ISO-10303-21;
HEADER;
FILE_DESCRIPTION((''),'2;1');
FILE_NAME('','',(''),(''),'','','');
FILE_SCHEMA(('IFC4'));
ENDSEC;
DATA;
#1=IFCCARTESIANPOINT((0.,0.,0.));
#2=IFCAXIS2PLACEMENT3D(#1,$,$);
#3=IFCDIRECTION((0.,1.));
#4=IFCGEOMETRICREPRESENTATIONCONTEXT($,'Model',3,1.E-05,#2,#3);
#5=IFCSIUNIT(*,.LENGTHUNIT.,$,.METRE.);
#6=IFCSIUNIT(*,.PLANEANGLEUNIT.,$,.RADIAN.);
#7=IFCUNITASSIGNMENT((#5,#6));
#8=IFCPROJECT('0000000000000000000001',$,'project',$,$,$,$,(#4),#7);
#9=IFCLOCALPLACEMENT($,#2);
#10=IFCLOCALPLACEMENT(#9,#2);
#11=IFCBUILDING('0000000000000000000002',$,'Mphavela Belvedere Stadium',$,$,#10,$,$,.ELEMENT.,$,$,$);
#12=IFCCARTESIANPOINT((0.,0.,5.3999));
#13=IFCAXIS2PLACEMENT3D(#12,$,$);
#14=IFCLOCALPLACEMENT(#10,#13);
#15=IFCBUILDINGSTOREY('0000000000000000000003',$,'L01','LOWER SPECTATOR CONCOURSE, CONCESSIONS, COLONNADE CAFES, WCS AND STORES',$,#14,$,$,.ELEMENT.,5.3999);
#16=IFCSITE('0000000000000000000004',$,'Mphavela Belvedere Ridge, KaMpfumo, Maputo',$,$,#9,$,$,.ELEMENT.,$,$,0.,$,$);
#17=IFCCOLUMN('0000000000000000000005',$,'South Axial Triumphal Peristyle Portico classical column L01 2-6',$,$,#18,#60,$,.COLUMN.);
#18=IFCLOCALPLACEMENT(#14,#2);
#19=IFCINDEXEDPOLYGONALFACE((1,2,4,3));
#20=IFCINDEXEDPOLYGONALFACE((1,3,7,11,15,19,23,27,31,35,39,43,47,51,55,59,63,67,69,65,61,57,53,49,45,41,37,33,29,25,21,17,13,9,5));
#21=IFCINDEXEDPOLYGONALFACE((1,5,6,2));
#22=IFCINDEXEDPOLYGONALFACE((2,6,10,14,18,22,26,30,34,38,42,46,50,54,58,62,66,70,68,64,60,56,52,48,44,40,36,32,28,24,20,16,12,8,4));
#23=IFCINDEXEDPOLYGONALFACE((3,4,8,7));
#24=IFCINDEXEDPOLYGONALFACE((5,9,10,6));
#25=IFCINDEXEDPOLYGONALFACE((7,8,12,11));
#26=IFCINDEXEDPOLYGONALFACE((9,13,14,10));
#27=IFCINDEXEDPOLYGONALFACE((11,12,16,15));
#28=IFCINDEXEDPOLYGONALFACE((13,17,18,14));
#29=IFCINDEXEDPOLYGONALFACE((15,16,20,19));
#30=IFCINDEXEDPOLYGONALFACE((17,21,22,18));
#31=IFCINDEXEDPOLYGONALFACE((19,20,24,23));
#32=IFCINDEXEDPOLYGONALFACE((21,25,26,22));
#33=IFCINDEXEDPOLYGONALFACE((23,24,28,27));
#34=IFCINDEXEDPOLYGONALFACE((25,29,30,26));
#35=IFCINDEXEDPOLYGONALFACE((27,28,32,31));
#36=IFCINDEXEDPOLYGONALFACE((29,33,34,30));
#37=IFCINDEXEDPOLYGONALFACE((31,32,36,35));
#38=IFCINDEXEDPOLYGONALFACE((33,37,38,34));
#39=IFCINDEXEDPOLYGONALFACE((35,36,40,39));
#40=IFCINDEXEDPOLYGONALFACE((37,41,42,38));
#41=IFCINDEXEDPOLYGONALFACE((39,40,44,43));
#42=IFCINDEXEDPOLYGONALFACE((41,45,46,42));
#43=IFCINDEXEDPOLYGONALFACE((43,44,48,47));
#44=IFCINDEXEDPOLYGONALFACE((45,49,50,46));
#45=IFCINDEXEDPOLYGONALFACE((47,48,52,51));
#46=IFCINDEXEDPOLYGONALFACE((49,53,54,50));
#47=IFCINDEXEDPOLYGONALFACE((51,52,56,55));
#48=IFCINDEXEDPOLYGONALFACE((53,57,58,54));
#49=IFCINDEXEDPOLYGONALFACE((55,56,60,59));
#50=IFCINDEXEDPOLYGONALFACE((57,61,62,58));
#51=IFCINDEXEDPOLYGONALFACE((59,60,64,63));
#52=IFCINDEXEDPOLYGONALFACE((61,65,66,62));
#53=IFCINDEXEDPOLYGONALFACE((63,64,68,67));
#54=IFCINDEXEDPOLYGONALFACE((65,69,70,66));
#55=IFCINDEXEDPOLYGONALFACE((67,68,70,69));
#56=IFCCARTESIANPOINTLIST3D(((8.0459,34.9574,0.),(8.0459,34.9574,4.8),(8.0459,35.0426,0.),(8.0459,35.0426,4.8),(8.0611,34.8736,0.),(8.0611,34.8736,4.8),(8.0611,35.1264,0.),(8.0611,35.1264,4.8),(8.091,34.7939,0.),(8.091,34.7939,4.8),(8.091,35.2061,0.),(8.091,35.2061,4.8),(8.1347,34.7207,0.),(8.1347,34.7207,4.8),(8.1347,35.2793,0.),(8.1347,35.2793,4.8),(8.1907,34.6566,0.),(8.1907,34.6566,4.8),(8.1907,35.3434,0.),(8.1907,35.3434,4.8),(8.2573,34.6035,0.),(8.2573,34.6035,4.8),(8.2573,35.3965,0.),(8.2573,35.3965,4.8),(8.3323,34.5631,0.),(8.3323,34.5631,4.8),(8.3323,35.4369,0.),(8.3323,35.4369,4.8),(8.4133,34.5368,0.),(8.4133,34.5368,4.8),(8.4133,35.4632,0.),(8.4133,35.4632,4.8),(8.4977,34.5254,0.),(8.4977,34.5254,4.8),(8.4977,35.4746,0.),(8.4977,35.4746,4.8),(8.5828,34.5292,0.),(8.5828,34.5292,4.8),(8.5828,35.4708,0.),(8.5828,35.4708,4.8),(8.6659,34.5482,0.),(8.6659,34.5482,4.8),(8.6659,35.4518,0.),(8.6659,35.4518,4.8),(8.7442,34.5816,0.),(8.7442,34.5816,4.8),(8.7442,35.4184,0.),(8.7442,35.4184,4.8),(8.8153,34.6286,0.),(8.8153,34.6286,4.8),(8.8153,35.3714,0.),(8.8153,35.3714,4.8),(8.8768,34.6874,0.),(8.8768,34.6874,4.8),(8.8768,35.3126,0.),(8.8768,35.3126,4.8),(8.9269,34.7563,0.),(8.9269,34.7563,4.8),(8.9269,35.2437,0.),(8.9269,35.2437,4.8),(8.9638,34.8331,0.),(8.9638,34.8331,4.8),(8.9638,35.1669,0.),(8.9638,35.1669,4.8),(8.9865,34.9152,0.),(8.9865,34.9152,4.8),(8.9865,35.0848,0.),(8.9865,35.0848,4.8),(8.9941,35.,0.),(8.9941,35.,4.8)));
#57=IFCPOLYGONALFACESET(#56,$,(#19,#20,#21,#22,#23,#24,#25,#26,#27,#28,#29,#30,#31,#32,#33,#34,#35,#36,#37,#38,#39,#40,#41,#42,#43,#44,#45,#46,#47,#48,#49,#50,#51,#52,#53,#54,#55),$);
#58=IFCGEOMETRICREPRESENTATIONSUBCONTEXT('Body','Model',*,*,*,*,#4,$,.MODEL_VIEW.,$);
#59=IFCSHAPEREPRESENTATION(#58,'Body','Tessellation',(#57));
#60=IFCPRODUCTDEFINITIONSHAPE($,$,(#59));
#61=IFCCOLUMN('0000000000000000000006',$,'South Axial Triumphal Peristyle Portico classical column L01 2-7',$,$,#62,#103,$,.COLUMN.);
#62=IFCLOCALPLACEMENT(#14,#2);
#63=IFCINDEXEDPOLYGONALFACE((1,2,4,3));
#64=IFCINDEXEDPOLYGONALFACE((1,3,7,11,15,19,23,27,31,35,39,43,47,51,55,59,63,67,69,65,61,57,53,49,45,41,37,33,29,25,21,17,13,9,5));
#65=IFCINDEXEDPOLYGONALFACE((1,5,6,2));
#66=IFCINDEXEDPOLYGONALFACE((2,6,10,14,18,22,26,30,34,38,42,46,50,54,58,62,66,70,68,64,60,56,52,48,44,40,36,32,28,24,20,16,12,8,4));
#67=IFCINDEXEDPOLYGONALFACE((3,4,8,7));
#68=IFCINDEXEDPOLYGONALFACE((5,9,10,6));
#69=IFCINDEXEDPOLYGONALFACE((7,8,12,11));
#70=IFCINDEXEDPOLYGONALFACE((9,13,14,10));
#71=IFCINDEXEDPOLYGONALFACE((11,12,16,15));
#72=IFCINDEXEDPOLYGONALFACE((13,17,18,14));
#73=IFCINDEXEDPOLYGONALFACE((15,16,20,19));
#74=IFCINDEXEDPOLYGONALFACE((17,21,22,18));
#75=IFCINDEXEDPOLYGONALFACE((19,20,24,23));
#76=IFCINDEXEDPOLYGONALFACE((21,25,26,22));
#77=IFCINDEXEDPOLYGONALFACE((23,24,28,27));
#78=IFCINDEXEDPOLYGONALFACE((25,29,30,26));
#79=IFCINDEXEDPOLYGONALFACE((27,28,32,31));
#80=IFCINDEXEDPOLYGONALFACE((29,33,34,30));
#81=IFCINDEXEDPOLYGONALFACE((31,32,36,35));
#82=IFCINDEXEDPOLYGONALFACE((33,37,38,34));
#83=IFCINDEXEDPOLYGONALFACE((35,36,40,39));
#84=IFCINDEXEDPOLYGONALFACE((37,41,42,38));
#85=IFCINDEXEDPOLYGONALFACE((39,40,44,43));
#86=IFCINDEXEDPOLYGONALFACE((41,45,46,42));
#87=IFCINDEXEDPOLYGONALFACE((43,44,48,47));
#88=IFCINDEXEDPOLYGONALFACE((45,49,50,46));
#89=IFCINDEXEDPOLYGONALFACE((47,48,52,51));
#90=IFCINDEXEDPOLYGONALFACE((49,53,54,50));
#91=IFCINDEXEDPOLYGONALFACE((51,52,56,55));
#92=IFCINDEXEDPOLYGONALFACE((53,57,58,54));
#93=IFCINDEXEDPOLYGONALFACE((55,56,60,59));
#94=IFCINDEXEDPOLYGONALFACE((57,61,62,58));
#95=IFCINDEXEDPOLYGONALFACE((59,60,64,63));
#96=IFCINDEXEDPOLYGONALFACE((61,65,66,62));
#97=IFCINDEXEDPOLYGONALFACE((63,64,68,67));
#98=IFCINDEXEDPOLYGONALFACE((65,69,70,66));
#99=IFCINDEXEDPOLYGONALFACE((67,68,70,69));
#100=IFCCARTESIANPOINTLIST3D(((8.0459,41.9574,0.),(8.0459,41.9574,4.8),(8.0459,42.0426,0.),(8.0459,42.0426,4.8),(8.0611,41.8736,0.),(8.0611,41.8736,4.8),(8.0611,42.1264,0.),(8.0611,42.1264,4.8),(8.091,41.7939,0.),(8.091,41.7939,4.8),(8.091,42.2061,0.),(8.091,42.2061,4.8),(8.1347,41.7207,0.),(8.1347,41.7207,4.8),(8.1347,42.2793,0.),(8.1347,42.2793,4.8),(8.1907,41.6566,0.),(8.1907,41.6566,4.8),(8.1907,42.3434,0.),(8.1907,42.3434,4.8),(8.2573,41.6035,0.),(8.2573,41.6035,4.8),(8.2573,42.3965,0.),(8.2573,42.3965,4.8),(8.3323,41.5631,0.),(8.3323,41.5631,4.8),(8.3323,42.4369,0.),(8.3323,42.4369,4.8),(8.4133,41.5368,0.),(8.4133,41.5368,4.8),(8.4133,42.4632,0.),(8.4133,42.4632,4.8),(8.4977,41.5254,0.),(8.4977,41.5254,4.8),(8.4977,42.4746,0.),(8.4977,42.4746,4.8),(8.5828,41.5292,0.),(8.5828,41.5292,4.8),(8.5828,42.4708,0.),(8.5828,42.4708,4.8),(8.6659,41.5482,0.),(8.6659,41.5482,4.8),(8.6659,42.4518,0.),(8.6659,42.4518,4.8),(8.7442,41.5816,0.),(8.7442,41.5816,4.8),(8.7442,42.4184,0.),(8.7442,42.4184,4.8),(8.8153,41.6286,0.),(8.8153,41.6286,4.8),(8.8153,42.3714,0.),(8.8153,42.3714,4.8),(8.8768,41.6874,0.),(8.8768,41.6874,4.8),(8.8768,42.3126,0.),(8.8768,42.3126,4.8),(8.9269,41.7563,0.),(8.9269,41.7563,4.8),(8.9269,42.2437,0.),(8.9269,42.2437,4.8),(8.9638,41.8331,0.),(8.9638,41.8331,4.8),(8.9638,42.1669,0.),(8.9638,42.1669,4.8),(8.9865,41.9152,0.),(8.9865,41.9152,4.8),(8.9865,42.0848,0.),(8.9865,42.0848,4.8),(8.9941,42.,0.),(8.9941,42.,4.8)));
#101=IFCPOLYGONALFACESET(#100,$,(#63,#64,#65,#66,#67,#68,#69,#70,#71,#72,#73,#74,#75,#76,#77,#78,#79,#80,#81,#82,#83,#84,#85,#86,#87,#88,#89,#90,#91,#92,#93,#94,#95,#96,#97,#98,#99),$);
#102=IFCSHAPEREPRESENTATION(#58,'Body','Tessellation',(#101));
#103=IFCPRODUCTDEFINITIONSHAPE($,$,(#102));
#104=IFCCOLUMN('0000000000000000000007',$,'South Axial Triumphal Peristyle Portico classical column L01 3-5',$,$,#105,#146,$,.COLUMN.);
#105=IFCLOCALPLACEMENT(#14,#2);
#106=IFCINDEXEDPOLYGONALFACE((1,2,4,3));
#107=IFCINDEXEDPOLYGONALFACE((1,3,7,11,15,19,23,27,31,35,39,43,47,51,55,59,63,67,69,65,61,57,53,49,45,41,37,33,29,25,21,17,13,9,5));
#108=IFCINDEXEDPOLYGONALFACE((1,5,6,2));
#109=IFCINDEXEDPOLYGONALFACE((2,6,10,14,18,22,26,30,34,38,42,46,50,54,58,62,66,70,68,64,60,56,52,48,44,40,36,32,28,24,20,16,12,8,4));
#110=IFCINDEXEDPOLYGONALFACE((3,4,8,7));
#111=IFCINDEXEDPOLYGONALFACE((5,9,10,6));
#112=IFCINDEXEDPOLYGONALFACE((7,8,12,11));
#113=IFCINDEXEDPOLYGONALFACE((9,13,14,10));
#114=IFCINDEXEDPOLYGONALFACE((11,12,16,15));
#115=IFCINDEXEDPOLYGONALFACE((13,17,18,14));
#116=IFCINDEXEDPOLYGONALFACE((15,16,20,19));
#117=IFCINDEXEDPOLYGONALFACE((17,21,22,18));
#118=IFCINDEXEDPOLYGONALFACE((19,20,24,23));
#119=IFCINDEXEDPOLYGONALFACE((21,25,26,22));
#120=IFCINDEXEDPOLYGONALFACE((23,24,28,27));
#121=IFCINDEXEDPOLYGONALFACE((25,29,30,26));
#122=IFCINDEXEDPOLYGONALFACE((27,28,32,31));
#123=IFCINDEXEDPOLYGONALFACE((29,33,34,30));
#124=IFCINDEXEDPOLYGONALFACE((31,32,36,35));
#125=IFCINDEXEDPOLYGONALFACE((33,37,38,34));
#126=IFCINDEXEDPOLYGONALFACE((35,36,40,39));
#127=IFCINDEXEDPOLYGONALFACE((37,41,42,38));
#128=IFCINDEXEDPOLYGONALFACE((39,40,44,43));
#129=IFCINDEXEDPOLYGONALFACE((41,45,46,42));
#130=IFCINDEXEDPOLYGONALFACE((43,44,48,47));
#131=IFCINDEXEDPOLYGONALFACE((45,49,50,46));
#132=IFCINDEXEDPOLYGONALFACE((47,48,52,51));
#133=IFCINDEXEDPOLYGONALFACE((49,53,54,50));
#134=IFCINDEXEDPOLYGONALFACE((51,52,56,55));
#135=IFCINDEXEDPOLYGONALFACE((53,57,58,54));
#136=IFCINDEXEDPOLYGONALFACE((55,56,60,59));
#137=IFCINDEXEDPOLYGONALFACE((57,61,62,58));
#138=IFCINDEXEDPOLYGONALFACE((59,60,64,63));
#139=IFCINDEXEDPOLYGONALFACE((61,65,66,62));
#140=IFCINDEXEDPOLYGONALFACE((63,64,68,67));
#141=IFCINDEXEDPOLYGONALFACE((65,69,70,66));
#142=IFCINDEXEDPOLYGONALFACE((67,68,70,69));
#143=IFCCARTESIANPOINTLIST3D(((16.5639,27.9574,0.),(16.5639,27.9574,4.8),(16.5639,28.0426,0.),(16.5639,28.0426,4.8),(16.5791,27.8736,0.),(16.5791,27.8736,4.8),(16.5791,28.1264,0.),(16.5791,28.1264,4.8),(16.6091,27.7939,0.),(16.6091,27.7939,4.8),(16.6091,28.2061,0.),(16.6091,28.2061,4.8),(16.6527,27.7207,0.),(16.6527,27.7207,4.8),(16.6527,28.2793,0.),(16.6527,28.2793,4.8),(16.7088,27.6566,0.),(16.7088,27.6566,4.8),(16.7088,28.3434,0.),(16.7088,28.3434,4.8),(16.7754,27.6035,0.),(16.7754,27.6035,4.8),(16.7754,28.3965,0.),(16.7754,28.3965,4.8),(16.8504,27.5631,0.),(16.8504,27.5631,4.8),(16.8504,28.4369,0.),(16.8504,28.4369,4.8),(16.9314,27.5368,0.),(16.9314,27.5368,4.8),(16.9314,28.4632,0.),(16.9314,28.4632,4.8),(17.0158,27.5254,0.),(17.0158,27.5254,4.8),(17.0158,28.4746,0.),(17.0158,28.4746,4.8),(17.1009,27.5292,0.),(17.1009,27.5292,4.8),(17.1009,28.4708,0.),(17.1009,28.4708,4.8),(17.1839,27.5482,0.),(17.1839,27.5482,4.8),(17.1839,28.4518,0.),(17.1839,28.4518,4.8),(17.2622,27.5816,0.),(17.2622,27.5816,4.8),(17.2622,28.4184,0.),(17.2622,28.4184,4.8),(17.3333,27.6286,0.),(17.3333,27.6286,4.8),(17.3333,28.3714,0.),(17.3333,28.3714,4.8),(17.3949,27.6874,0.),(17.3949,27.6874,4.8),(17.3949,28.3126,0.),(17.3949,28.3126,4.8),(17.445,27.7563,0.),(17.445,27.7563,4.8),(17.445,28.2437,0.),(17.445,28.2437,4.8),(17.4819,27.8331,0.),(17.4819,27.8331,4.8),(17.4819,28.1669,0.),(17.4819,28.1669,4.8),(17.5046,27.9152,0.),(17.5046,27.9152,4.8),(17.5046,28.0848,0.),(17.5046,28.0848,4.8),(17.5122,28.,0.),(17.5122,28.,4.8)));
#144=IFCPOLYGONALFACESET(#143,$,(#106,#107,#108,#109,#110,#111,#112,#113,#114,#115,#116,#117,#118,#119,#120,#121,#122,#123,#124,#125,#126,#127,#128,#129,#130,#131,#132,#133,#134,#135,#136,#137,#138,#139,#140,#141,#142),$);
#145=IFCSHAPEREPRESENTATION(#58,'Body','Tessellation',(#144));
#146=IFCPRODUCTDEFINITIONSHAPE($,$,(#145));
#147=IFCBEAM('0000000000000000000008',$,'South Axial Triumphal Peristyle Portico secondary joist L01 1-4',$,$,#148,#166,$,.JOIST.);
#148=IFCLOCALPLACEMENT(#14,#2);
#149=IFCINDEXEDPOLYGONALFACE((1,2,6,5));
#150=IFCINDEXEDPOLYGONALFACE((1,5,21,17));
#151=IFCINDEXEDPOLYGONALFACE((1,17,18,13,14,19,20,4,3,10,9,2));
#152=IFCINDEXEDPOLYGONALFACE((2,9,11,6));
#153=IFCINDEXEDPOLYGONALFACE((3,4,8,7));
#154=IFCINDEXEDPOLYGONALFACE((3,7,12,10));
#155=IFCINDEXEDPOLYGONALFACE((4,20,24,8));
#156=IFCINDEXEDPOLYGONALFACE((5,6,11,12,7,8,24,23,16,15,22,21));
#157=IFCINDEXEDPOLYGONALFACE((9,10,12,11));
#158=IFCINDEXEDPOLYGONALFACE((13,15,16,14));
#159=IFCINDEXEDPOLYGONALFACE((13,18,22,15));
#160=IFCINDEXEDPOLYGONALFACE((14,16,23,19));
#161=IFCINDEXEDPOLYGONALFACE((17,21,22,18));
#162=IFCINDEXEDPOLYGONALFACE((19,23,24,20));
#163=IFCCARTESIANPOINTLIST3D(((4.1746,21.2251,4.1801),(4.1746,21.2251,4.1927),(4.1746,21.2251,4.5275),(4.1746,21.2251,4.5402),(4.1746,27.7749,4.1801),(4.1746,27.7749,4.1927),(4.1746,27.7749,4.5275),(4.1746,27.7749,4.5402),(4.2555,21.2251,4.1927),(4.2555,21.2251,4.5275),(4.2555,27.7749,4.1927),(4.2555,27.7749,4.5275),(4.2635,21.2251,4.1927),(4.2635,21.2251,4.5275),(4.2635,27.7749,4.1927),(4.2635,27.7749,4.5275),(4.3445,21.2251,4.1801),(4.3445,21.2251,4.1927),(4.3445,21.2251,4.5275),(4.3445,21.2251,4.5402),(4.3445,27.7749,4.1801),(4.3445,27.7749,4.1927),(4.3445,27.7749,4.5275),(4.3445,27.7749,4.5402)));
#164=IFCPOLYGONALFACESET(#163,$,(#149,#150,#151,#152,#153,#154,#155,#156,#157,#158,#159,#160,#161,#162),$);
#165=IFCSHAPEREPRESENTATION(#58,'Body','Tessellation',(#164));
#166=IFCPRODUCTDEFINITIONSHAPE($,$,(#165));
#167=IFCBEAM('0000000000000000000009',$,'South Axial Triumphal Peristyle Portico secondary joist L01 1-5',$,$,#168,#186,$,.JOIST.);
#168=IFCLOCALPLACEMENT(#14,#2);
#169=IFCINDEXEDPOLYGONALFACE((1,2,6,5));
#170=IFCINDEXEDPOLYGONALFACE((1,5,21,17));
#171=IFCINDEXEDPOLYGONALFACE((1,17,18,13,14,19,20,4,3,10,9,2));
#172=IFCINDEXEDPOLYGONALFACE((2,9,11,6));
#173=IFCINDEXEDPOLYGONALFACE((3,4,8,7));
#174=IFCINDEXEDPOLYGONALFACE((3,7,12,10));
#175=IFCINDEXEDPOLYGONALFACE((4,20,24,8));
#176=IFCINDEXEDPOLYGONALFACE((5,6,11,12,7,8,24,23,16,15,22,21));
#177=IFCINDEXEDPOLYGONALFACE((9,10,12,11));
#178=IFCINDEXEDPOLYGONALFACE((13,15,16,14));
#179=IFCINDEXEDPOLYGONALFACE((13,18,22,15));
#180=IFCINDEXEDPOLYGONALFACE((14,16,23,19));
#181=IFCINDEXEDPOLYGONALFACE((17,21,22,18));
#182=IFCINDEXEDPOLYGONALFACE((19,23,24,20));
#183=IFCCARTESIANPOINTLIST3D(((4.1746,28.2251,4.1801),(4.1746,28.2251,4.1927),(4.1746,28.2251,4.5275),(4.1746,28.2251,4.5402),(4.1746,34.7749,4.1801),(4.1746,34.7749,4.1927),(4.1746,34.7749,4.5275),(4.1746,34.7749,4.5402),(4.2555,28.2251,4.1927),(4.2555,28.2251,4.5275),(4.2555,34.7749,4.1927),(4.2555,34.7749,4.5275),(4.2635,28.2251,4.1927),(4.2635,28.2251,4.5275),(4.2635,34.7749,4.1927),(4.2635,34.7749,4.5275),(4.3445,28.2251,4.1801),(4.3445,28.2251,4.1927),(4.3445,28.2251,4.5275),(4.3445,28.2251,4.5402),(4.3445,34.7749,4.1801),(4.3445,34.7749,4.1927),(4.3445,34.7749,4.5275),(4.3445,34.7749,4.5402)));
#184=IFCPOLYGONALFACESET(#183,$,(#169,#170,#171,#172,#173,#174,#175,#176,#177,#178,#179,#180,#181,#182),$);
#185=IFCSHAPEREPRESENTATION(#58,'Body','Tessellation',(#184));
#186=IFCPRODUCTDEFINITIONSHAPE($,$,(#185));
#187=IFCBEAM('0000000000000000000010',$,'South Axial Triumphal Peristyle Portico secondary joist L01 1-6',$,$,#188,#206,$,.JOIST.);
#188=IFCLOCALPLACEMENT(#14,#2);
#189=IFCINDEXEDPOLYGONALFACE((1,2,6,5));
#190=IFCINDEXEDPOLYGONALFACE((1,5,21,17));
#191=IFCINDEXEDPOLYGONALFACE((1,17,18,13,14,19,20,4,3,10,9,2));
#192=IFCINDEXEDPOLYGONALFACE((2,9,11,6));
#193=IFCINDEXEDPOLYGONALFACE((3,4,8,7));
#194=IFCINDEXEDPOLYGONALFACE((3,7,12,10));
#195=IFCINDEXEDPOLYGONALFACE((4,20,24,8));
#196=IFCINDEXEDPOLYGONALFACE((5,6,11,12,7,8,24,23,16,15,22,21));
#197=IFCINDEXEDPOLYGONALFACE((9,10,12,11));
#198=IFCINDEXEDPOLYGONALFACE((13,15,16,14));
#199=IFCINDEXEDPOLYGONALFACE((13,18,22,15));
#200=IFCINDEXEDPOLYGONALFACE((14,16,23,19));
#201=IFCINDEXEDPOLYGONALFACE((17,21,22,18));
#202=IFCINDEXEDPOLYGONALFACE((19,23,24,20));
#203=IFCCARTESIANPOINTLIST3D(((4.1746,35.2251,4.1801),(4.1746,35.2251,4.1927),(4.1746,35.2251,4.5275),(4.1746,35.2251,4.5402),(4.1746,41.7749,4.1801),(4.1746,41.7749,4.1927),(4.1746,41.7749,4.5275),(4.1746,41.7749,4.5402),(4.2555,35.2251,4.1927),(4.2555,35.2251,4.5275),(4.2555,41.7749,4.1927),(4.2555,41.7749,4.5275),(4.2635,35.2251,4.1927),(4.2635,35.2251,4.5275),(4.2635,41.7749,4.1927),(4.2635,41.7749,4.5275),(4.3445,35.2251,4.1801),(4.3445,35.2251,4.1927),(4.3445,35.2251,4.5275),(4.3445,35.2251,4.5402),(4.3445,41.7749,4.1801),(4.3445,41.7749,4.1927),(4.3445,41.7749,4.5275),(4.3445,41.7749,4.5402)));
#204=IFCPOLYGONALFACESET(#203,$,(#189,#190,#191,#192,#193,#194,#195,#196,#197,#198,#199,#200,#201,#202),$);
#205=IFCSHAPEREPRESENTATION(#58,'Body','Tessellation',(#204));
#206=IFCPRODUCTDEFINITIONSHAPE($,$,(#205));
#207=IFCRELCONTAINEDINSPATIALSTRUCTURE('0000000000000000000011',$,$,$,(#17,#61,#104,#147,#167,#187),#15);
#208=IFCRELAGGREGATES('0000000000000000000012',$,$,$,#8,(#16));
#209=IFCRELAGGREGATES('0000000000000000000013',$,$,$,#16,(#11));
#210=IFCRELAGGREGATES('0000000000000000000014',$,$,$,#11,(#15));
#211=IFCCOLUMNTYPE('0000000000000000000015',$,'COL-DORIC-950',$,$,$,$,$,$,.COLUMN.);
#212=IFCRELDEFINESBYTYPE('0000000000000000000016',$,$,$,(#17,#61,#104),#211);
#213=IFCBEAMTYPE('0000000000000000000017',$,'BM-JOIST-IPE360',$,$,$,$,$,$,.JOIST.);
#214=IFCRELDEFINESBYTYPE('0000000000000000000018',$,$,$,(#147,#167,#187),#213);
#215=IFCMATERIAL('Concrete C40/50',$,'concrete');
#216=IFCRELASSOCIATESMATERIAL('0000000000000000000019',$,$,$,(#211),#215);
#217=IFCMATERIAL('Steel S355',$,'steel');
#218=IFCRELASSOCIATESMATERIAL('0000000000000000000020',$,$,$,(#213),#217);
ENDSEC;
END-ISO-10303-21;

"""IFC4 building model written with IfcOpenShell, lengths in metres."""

from ifc_helpers import new_model, si_unit, direction, frame, origin, origin_2d, place, context, subcontext, project, spatial, circle, i_section, extrude, material, material_profile, profile_set, type_object, element, save


model = new_model("IFC4")

# Units and contexts
model_context = context("Model", 3, precision=1e-05, world=origin(), true_north=direction((0.0, 1.0)))
body_context = subcontext(model_context, "Body", "Model", "MODEL_VIEW")
ifc_project = project(units=[si_unit("LENGTHUNIT", "METRE"), si_unit("PLANEANGLEUNIT", "RADIAN")], contexts=[model_context])

# Site, building, storey
site_placement = place(None, origin())
site = spatial("IfcSite", under=ifc_project, at=site_placement, Name="Mphavela Belvedere Ridge, KaMpfumo, Maputo", CompositionType="ELEMENT", RefElevation=0.0)
building_placement = place(site_placement, origin())
building = spatial("IfcBuilding", under=site, at=building_placement, Name="Mphavela Belvedere Stadium", CompositionType="ELEMENT")
storey_placement = place(building_placement, frame((0.0, 0.0, 5.3999)))
storey = spatial("IfcBuildingStorey", under=building, at=storey_placement, Name="L01", Description="LOWER SPECTATOR CONCOURSE, CONCESSIONS, COLONNADE CAFES, WCS AND STORES", CompositionType="ELEMENT", Elevation=5.3999)

# Columns
ifc_material_1 = material(Name="Concrete C40/50", Category="concrete")
ifc_material_profile_1 = material_profile(ifc_material_1, circle(Radius=0.4751, at=origin_2d()), Name="COL D950")
ifc_profile_set_1 = profile_set([ifc_material_profile_1], Name="Concrete C40/50")
column_type = type_object("IfcColumnType", Name="COL-DORIC-950", PredefinedType="COLUMN", material=ifc_profile_set_1)
for number, where, z_axis, x_axis, name in (
    (1, (8.519, 35.0, 0.0), (0.0, 0.0, 1.0), (1.0, 0.0, 0.0), "South Axial Triumphal Peristyle Portico classical column L01 2-6"),
    (2, (8.519, 42.0, 0.0), (0.0, 0.0, 1.0), (1.0, 0.0, 0.0), "South Axial Triumphal Peristyle Portico classical column L01 2-7"),
    (3, (17.0371, 28.0, 0.0), (0.0, 0.0, 1.0), (1.0, 0.0, 0.0), "South Axial Triumphal Peristyle Portico classical column L01 3-5"),
):
    element("IfcColumn", number, at=place(storey_placement, frame(where, z_axis=z_axis, x_axis=x_axis)), inside=storey, type_object=column_type, Name=name, PredefinedType="COLUMN", context=body_context, shape_type="SweptSolid", body=[
        extrude(circle(Radius=0.4751, at=origin_2d()), origin(), (0.0, 0.0, 1.0), 4.8),
    ])

# Beams
ifc_material_2 = material(Name="Steel S355", Category="steel")
ifc_material_profile_2 = material_profile(ifc_material_2, i_section(OverallWidth=0.1699, OverallDepth=0.3601, WebThickness=0.0081, FlangeThickness=0.0127, at=origin_2d()), Name="IPE 360")
ifc_profile_set_2 = profile_set([ifc_material_profile_2], Name="Steel S355")
beam_type_1 = type_object("IfcBeamType", Name="BM-JOIST-IPE360", PredefinedType="JOIST", material=ifc_profile_set_2)
for number, where, z_axis, x_axis, name in (
    (4, (4.2595, 21.2251, 4.3601), (0.0, 1.0, 0.0), (-1.0, 0.0, 0.0), "South Axial Triumphal Peristyle Portico secondary joist L01 1-4"),
    (5, (4.2595, 28.2251, 4.3601), (0.0, 1.0, 0.0), (-1.0, 0.0, 0.0), "South Axial Triumphal Peristyle Portico secondary joist L01 1-5"),
    (6, (4.2595, 35.2251, 4.3601), (0.0, 1.0, 0.0), (-1.0, 0.0, 0.0), "South Axial Triumphal Peristyle Portico secondary joist L01 1-6"),
):
    element("IfcBeam", number, at=place(storey_placement, frame(where, z_axis=z_axis, x_axis=x_axis)), inside=storey, type_object=beam_type_1, Name=name, PredefinedType="JOIST", context=body_context, shape_type="SweptSolid", body=[
        extrude(i_section(OverallWidth=0.1699, OverallDepth=0.3601, WebThickness=0.0081, FlangeThickness=0.0127, at=origin_2d()), origin(), (0.0, 0.0, 1.0), 6.5498),
    ])

save(model, "model.ifc")
